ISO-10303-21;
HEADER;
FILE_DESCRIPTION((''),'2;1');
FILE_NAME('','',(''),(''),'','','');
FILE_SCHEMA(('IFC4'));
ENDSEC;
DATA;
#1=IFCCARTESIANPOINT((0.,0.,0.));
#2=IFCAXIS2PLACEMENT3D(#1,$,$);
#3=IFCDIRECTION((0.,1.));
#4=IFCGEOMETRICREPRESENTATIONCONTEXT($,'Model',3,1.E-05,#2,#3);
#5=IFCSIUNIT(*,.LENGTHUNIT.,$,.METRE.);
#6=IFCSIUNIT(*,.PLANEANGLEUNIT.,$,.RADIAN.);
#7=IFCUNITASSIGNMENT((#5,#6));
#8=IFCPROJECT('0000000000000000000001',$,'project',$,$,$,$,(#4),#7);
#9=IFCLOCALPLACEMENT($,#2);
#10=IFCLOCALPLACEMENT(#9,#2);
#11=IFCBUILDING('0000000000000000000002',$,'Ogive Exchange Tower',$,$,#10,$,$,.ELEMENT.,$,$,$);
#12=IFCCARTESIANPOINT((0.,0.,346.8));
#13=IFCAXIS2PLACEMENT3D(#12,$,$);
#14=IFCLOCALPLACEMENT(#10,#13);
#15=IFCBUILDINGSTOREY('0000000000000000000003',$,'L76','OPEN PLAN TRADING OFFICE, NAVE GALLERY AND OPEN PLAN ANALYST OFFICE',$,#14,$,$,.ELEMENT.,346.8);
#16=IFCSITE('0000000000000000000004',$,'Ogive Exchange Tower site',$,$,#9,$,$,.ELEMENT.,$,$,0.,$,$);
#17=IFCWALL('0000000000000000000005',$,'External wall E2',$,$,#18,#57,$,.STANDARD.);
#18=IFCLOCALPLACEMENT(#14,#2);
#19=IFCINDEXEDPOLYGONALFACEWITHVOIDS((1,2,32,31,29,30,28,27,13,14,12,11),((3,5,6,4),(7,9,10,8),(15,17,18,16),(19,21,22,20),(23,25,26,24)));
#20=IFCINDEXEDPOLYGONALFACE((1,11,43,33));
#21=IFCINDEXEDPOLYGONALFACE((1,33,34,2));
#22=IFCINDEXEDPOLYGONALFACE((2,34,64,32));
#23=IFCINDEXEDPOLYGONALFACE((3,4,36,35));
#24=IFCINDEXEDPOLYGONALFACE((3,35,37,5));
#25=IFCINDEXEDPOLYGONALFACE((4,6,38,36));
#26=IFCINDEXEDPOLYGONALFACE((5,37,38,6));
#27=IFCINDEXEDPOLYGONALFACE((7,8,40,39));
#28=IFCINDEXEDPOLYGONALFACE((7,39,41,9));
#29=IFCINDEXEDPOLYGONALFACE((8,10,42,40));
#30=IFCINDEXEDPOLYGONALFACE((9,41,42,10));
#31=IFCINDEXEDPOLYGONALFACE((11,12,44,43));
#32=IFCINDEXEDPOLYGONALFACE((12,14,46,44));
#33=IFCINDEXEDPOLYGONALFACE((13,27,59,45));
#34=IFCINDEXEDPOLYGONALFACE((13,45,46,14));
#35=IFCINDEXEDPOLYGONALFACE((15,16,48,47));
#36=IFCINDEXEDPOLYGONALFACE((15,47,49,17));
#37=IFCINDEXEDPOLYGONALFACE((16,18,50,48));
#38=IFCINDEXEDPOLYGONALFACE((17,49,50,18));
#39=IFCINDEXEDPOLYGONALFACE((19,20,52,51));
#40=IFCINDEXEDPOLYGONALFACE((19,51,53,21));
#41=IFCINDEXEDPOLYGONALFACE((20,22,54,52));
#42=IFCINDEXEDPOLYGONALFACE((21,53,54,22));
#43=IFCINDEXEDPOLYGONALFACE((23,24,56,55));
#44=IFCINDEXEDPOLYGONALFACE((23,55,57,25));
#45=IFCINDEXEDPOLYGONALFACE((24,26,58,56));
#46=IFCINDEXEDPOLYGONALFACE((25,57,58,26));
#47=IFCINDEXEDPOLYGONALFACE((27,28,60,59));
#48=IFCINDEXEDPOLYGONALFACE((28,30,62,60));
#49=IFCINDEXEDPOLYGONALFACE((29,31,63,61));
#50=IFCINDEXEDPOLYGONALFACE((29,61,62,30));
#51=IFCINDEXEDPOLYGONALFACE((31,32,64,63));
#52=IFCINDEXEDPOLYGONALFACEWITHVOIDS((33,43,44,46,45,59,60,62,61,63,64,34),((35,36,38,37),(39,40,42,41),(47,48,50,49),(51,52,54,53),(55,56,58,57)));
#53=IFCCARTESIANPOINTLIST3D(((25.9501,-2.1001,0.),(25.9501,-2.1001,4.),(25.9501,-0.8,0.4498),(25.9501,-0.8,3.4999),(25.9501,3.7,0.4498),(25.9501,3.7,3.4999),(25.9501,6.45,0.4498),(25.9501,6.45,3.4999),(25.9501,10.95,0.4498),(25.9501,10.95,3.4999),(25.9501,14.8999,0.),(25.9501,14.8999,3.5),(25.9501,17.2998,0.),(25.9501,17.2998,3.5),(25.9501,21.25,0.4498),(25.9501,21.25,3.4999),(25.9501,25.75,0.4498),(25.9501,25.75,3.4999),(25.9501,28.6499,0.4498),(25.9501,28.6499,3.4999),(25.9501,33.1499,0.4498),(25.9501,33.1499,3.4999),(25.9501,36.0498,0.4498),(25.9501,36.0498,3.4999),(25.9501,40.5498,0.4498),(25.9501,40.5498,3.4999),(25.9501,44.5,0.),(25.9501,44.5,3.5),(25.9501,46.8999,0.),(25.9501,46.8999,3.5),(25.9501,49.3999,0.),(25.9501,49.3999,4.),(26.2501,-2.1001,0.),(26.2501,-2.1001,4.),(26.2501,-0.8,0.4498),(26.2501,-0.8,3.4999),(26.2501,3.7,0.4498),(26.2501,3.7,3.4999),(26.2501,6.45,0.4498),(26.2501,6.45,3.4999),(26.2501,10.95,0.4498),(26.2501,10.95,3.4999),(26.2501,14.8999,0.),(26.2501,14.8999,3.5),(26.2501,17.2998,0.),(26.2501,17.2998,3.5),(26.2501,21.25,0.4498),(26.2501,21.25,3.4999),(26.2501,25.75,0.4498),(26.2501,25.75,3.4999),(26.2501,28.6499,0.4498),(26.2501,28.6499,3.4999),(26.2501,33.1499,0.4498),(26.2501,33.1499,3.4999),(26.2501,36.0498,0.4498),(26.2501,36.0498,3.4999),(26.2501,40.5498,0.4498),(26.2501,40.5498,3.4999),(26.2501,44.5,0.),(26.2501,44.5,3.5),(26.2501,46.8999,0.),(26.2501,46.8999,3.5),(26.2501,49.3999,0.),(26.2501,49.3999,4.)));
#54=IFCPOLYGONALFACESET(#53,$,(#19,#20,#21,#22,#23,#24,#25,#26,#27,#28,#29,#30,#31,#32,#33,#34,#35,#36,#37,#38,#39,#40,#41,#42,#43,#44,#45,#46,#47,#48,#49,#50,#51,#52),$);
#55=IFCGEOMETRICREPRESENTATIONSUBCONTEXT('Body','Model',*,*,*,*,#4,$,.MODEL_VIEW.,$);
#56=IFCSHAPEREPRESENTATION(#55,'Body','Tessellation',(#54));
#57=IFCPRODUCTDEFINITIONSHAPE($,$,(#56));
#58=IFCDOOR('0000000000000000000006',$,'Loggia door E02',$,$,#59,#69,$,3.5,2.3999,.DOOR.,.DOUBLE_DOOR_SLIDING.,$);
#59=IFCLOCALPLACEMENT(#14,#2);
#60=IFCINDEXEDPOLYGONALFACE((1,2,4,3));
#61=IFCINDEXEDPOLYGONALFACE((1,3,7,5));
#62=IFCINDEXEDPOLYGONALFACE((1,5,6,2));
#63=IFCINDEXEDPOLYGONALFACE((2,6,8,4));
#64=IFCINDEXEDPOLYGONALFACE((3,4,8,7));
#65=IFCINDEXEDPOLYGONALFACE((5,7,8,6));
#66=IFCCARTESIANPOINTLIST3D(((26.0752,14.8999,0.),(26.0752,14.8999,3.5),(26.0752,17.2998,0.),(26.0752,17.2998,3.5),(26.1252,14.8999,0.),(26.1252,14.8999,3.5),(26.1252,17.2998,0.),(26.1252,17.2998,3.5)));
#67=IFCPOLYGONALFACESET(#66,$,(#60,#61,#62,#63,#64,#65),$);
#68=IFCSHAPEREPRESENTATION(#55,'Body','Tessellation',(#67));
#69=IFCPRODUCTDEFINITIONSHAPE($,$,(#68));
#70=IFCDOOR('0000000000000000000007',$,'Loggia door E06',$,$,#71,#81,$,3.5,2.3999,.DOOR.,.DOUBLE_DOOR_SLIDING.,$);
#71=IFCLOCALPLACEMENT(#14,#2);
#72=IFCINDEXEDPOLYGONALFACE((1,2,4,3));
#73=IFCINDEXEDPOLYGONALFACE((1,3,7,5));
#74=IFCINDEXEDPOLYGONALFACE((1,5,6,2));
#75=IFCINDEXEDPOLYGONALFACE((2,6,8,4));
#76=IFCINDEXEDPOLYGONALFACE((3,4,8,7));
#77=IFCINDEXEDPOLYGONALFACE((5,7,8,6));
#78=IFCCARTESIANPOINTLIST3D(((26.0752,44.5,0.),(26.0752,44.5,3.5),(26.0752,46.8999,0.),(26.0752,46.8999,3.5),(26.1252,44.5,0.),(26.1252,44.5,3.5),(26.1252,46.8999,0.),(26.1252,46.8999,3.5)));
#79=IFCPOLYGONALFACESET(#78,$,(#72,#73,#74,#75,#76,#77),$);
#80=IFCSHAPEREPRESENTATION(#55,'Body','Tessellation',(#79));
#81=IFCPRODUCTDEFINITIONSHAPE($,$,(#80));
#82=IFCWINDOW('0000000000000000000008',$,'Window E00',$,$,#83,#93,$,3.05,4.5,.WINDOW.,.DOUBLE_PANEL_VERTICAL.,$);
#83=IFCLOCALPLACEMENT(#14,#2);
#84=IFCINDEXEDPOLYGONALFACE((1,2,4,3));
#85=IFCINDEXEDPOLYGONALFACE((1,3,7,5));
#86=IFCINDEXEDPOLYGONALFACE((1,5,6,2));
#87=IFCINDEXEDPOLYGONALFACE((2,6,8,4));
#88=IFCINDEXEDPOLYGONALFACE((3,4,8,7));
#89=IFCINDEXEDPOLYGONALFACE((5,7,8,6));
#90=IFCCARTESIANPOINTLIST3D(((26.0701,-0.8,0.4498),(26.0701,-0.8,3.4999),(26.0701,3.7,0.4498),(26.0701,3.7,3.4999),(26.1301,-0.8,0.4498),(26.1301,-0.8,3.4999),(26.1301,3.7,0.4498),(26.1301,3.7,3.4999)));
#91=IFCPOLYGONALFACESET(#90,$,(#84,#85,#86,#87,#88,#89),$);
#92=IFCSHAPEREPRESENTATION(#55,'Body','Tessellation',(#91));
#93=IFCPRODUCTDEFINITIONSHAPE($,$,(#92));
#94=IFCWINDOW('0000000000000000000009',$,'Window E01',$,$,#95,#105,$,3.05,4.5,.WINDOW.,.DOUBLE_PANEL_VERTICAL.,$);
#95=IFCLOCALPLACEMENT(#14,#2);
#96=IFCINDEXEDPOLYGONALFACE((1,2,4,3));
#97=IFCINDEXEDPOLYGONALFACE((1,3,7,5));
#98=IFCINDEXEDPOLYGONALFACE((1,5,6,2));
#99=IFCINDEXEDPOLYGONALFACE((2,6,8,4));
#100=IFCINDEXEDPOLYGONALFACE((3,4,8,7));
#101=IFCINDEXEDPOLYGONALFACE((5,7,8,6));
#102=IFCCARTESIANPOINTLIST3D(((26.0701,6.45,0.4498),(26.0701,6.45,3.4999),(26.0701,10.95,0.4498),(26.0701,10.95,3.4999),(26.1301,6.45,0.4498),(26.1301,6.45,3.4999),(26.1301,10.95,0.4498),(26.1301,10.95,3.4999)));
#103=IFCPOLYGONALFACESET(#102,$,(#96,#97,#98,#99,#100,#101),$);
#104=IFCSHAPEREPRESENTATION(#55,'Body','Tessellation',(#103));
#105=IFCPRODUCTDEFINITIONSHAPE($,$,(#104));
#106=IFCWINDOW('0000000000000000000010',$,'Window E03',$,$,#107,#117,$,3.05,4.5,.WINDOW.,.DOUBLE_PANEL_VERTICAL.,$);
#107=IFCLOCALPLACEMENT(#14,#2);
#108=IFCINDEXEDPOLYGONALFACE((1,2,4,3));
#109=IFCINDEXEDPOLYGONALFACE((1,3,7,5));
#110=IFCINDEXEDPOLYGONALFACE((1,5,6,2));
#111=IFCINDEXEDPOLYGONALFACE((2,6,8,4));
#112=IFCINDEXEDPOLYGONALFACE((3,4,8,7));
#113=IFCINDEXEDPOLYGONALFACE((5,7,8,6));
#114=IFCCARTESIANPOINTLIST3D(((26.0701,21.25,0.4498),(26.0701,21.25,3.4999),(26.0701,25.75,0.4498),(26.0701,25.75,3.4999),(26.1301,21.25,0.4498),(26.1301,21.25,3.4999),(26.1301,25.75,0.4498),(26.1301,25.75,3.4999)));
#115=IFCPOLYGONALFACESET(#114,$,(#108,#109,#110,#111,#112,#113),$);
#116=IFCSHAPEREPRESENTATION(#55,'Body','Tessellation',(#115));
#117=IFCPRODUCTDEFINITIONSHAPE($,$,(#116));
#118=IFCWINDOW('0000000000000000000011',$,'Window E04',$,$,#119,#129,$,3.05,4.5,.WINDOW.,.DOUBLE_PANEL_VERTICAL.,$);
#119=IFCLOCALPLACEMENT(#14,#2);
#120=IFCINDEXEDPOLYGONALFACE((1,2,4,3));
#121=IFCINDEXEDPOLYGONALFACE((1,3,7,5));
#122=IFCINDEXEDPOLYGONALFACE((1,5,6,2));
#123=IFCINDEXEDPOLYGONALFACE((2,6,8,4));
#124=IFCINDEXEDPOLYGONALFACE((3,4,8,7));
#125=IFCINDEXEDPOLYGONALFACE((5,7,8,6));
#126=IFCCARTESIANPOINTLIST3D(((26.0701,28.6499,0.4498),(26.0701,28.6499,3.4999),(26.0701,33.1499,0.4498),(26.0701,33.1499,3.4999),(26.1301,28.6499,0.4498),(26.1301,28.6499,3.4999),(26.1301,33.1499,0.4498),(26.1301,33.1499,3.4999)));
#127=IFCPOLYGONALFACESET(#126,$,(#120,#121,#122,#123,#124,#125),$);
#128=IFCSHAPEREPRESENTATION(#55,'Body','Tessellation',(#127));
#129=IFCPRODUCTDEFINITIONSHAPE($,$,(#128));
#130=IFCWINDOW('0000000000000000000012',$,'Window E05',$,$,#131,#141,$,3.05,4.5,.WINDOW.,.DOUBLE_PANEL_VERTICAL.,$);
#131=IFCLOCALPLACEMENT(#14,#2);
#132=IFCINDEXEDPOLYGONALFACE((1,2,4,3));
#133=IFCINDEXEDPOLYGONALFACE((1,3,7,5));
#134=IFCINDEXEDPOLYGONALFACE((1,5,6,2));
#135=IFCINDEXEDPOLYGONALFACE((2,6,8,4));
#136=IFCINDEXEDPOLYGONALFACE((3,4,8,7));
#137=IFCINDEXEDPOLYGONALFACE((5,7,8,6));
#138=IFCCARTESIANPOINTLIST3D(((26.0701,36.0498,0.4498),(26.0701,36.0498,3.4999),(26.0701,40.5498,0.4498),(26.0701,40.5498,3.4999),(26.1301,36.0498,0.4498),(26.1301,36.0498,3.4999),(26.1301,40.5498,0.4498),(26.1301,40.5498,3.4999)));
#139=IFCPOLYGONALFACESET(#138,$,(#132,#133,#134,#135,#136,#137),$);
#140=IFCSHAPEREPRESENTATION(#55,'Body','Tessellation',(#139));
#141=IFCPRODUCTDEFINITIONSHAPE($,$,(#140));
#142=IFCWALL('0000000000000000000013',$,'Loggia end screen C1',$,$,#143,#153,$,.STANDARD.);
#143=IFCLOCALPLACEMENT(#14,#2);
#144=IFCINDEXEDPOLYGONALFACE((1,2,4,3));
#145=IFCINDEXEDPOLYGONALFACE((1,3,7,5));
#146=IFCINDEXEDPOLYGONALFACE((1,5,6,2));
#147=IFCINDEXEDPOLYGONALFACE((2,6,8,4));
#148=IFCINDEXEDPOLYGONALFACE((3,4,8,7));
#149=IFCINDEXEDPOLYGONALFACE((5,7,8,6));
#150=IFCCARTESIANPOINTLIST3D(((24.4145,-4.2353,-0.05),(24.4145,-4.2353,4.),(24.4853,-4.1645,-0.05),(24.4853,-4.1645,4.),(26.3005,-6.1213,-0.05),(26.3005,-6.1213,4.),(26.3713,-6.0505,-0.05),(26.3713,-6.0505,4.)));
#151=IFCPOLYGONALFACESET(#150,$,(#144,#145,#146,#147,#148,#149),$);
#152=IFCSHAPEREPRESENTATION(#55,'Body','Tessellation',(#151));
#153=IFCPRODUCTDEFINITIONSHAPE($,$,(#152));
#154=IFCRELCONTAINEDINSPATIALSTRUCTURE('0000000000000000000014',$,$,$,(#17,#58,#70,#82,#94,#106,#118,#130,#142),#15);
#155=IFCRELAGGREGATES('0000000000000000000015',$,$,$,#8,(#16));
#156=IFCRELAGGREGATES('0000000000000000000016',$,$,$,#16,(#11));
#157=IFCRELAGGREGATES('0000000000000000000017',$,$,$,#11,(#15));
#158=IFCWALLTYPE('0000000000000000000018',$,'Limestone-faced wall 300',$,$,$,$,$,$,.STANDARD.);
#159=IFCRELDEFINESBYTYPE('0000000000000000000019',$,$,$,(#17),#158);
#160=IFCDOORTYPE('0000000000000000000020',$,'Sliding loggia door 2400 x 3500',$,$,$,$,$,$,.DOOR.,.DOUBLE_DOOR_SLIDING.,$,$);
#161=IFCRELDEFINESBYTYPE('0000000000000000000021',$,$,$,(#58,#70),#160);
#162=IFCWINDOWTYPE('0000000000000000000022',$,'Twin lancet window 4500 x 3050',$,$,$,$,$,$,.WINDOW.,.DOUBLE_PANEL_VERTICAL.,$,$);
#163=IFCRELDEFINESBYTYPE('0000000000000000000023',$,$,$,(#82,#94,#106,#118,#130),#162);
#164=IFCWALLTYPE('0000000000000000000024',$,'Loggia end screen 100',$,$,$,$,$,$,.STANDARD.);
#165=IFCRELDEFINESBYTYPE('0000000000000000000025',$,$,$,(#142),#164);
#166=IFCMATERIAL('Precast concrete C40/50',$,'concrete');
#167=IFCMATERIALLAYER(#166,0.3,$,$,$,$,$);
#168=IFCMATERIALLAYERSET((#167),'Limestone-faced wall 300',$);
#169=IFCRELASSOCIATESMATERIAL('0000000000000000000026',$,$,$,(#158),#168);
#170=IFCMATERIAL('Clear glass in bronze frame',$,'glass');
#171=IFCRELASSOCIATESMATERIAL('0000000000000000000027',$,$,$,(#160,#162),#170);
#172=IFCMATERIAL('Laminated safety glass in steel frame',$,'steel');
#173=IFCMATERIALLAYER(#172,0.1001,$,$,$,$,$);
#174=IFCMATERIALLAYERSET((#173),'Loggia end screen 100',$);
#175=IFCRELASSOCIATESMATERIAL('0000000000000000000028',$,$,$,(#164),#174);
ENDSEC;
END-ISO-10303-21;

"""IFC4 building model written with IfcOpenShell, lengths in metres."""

from ifc_helpers import new_model, si_unit, direction, frame, frame_2d, origin, place, context, subcontext, project, spatial, rectangle, extrude, material, layer, layer_set, type_object, element, fill, save


model = new_model("IFC4")

# Units and contexts
model_context = context("Model", 3, precision=1e-05, world=origin(), true_north=direction((0.0, 1.0)))
body_context = subcontext(model_context, "Body", "Model", "MODEL_VIEW")
ifc_project = project(units=[si_unit("LENGTHUNIT", "METRE"), si_unit("PLANEANGLEUNIT", "RADIAN")], contexts=[model_context])

# Site, building, storey
site_placement = place(None, origin())
site = spatial("IfcSite", under=ifc_project, at=site_placement, Name="Ogive Exchange Tower site", CompositionType="ELEMENT", RefElevation=0.0)
building_placement = place(site_placement, origin())
building = spatial("IfcBuilding", under=site, at=building_placement, Name="Ogive Exchange Tower", CompositionType="ELEMENT")
storey_placement = place(building_placement, frame((0.0, 0.0, 346.8)))
storey = spatial("IfcBuildingStorey", under=building, at=storey_placement, Name="L76", Description="OPEN PLAN TRADING OFFICE, NAVE GALLERY AND OPEN PLAN ANALYST OFFICE", CompositionType="ELEMENT", Elevation=346.8)

# Wall, openings, doors, windows
ifc_material_1 = material(Name="Precast concrete C40/50", Category="concrete")
ifc_layer_1 = layer(ifc_material_1, 0.3)
ifc_layer_set_1 = layer_set([ifc_layer_1], Name="Limestone-faced wall 300")
wall_type_1 = type_object("IfcWallType", Name="Limestone-faced wall 300", PredefinedType="STANDARD", material=ifc_layer_set_1)
wall_1_placement = place(storey_placement, frame((26.1001, -2.1001, 0.0), z_axis=(0.0, 0.0, 1.0), x_axis=(0.0, 1.0, 0.0)))
wall_1 = element("IfcWall", 1, at=wall_1_placement, inside=storey, type_object=wall_type_1, Name="External wall E2", PredefinedType="STANDARD", context=body_context, shape_type="SweptSolid", body=[
    extrude(rectangle(XDim=51.5, YDim=0.3, at=frame_2d((25.75, 0.0))), origin(), (0.0, 0.0, 1.0), 4.0),
])
opening_1_placement = place(wall_1_placement, frame((1.3, 0.0, 0.45)))
opening_1 = element("IfcOpeningElement", 2, at=opening_1_placement, cuts=wall_1, PredefinedType="OPENING", context=body_context, shape_type="SweptSolid", body=[
    extrude(rectangle(XDim=4.5, YDim=3.05, at=frame_2d((2.25, 1.5249))), frame((0.0, 0.1599, 0.0), z_axis=(0.0, -1.0, 0.0), x_axis=(1.0, 0.0, 0.0)), (0.0, 0.0, 1.0), 0.3201),
])
opening_2_placement = place(wall_1_placement, frame((8.55, 0.0, 0.45)))
opening_2 = element("IfcOpeningElement", 3, at=opening_2_placement, cuts=wall_1, PredefinedType="OPENING", context=body_context, shape_type="SweptSolid", body=[
    extrude(rectangle(XDim=4.5, YDim=3.05, at=frame_2d((2.25, 1.5249))), frame((0.0, 0.1599, 0.0), z_axis=(0.0, -1.0, 0.0), x_axis=(1.0, 0.0, 0.0)), (0.0, 0.0, 1.0), 0.3201),
])
opening_3_placement = place(wall_1_placement, frame((17.0, 0.0, 0.0)))
opening_3 = element("IfcOpeningElement", 4, at=opening_3_placement, cuts=wall_1, PredefinedType="OPENING", context=body_context, shape_type="SweptSolid", body=[
    extrude(rectangle(XDim=2.3999, YDim=3.5, at=frame_2d((1.2, 1.75))), frame((0.0, 0.1599, 0.0), z_axis=(0.0, -1.0, 0.0), x_axis=(1.0, 0.0, 0.0)), (0.0, 0.0, 1.0), 0.3201),
])
opening_4_placement = place(wall_1_placement, frame((23.3501, 0.0, 0.45)))
opening_4 = element("IfcOpeningElement", 5, at=opening_4_placement, cuts=wall_1, PredefinedType="OPENING", context=body_context, shape_type="SweptSolid", body=[
    extrude(rectangle(XDim=4.5, YDim=3.05, at=frame_2d((2.25, 1.5249))), frame((0.0, 0.1599, 0.0), z_axis=(0.0, -1.0, 0.0), x_axis=(1.0, 0.0, 0.0)), (0.0, 0.0, 1.0), 0.3201),
])
opening_5_placement = place(wall_1_placement, frame((30.75, 0.0, 0.45)))
opening_5 = element("IfcOpeningElement", 6, at=opening_5_placement, cuts=wall_1, PredefinedType="OPENING", context=body_context, shape_type="SweptSolid", body=[
    extrude(rectangle(XDim=4.5, YDim=3.05, at=frame_2d((2.25, 1.5249))), frame((0.0, 0.1599, 0.0), z_axis=(0.0, -1.0, 0.0), x_axis=(1.0, 0.0, 0.0)), (0.0, 0.0, 1.0), 0.3201),
])
opening_6_placement = place(wall_1_placement, frame((38.1499, 0.0, 0.45)))
opening_6 = element("IfcOpeningElement", 7, at=opening_6_placement, cuts=wall_1, PredefinedType="OPENING", context=body_context, shape_type="SweptSolid", body=[
    extrude(rectangle(XDim=4.5, YDim=3.05, at=frame_2d((2.25, 1.5249))), frame((0.0, 0.1599, 0.0), z_axis=(0.0, -1.0, 0.0), x_axis=(1.0, 0.0, 0.0)), (0.0, 0.0, 1.0), 0.3201),
])
opening_7_placement = place(wall_1_placement, frame((46.6001, 0.0, 0.0)))
opening_7 = element("IfcOpeningElement", 8, at=opening_7_placement, cuts=wall_1, PredefinedType="OPENING", context=body_context, shape_type="SweptSolid", body=[
    extrude(rectangle(XDim=2.3999, YDim=3.5, at=frame_2d((1.2, 1.75))), frame((0.0, 0.1599, 0.0), z_axis=(0.0, -1.0, 0.0), x_axis=(1.0, 0.0, 0.0)), (0.0, 0.0, 1.0), 0.3201),
])
ifc_material_2 = material(Name="Clear glass in bronze frame", Category="glass")
door_type_1 = type_object("IfcDoorType", Name="Sliding loggia door 2400 x 3500", OperationType="DOUBLE_DOOR_SLIDING", PredefinedType="DOOR", material=ifc_material_2)
door_1_placement = place(opening_3_placement, origin())
door_1 = element("IfcDoor", 9, at=door_1_placement, inside=storey, type_object=door_type_1, Name="Loggia door E02", OperationType="DOUBLE_DOOR_SLIDING", OverallHeight=3.5, OverallWidth=2.3999, PredefinedType="DOOR", context=body_context, shape_type="SweptSolid", body=[
    extrude(rectangle(XDim=2.3999, YDim=3.5, at=frame_2d((1.2, 1.75))), frame((0.0, 0.0249, 0.0), z_axis=(0.0, -1.0, 0.0), x_axis=(1.0, 0.0, 0.0)), (0.0, 0.0, 1.0), 0.05),
])
fill(opening_3, door_1)
door_2_placement = place(opening_7_placement, origin())
door_2 = element("IfcDoor", 10, at=door_2_placement, inside=storey, type_object=door_type_1, Name="Loggia door E06", OperationType="DOUBLE_DOOR_SLIDING", OverallHeight=3.5, OverallWidth=2.3999, PredefinedType="DOOR", context=body_context, shape_type="SweptSolid", body=[
    extrude(rectangle(XDim=2.3999, YDim=3.5, at=frame_2d((1.2, 1.75))), frame((0.0, 0.0249, 0.0), z_axis=(0.0, -1.0, 0.0), x_axis=(1.0, 0.0, 0.0)), (0.0, 0.0, 1.0), 0.05),
])
fill(opening_7, door_2)
window_type = type_object("IfcWindowType", Name="Twin lancet window 4500 x 3050", PartitioningType="DOUBLE_PANEL_VERTICAL", PredefinedType="WINDOW", material=ifc_material_2)
window_1_placement = place(opening_1_placement, origin())
window_1 = element("IfcWindow", 11, at=window_1_placement, inside=storey, type_object=window_type, Name="Window E00", OverallHeight=3.05, OverallWidth=4.5, PartitioningType="DOUBLE_PANEL_VERTICAL", PredefinedType="WINDOW", context=body_context, shape_type="SweptSolid", body=[
    extrude(rectangle(XDim=4.5, YDim=3.05, at=frame_2d((2.25, 1.5249))), frame((0.0, 0.03, 0.0), z_axis=(0.0, -1.0, 0.0), x_axis=(1.0, 0.0, 0.0)), (0.0, 0.0, 1.0), 0.0601),
])
fill(opening_1, window_1)
window_2_placement = place(opening_2_placement, origin())
window_2 = element("IfcWindow", 12, at=window_2_placement, inside=storey, type_object=window_type, Name="Window E01", OverallHeight=3.05, OverallWidth=4.5, PartitioningType="DOUBLE_PANEL_VERTICAL", PredefinedType="WINDOW", context=body_context, shape_type="SweptSolid", body=[
    extrude(rectangle(XDim=4.5, YDim=3.05, at=frame_2d((2.25, 1.5249))), frame((0.0, 0.03, 0.0), z_axis=(0.0, -1.0, 0.0), x_axis=(1.0, 0.0, 0.0)), (0.0, 0.0, 1.0), 0.0601),
])
fill(opening_2, window_2)
window_3_placement = place(opening_4_placement, origin())
window_3 = element("IfcWindow", 13, at=window_3_placement, inside=storey, type_object=window_type, Name="Window E03", OverallHeight=3.05, OverallWidth=4.5, PartitioningType="DOUBLE_PANEL_VERTICAL", PredefinedType="WINDOW", context=body_context, shape_type="SweptSolid", body=[
    extrude(rectangle(XDim=4.5, YDim=3.05, at=frame_2d((2.25, 1.5249))), frame((0.0, 0.03, 0.0), z_axis=(0.0, -1.0, 0.0), x_axis=(1.0, 0.0, 0.0)), (0.0, 0.0, 1.0), 0.0601),
])
fill(opening_4, window_3)
window_4_placement = place(opening_5_placement, origin())
window_4 = element("IfcWindow", 14, at=window_4_placement, inside=storey, type_object=window_type, Name="Window E04", OverallHeight=3.05, OverallWidth=4.5, PartitioningType="DOUBLE_PANEL_VERTICAL", PredefinedType="WINDOW", context=body_context, shape_type="SweptSolid", body=[
    extrude(rectangle(XDim=4.5, YDim=3.05, at=frame_2d((2.25, 1.5249))), frame((0.0, 0.03, 0.0), z_axis=(0.0, -1.0, 0.0), x_axis=(1.0, 0.0, 0.0)), (0.0, 0.0, 1.0), 0.0601),
])
fill(opening_5, window_4)
window_5_placement = place(opening_6_placement, origin())
window_5 = element("IfcWindow", 15, at=window_5_placement, inside=storey, type_object=window_type, Name="Window E05", OverallHeight=3.05, OverallWidth=4.5, PartitioningType="DOUBLE_PANEL_VERTICAL", PredefinedType="WINDOW", context=body_context, shape_type="SweptSolid", body=[
    extrude(rectangle(XDim=4.5, YDim=3.05, at=frame_2d((2.25, 1.5249))), frame((0.0, 0.03, 0.0), z_axis=(0.0, -1.0, 0.0), x_axis=(1.0, 0.0, 0.0)), (0.0, 0.0, 1.0), 0.0601),
])
fill(opening_6, window_5)

# Wall
ifc_material_3 = material(Name="Laminated safety glass in steel frame", Category="steel")
ifc_layer_2 = layer(ifc_material_3, 0.1001)
ifc_layer_set_2 = layer_set([ifc_layer_2], Name="Loggia end screen 100")
wall_type_2 = type_object("IfcWallType", Name="Loggia end screen 100", PredefinedType="STANDARD", material=ifc_layer_set_2)
wall_2_placement = place(storey_placement, frame((24.45, -4.2, -0.05), z_axis=(0.0, 0.0, 1.0), x_axis=(0.707107, -0.707107, 0.0)))
element("IfcWall", 16, at=wall_2_placement, inside=storey, type_object=wall_type_2, Name="Loggia end screen C1", PredefinedType="STANDARD", context=body_context, shape_type="SweptSolid", body=[
    extrude(rectangle(XDim=2.6672, YDim=0.1001, at=frame_2d((1.3335, 0.0))), origin(), (0.0, 0.0, 1.0), 4.05),
])

save(model, "model.ifc")
